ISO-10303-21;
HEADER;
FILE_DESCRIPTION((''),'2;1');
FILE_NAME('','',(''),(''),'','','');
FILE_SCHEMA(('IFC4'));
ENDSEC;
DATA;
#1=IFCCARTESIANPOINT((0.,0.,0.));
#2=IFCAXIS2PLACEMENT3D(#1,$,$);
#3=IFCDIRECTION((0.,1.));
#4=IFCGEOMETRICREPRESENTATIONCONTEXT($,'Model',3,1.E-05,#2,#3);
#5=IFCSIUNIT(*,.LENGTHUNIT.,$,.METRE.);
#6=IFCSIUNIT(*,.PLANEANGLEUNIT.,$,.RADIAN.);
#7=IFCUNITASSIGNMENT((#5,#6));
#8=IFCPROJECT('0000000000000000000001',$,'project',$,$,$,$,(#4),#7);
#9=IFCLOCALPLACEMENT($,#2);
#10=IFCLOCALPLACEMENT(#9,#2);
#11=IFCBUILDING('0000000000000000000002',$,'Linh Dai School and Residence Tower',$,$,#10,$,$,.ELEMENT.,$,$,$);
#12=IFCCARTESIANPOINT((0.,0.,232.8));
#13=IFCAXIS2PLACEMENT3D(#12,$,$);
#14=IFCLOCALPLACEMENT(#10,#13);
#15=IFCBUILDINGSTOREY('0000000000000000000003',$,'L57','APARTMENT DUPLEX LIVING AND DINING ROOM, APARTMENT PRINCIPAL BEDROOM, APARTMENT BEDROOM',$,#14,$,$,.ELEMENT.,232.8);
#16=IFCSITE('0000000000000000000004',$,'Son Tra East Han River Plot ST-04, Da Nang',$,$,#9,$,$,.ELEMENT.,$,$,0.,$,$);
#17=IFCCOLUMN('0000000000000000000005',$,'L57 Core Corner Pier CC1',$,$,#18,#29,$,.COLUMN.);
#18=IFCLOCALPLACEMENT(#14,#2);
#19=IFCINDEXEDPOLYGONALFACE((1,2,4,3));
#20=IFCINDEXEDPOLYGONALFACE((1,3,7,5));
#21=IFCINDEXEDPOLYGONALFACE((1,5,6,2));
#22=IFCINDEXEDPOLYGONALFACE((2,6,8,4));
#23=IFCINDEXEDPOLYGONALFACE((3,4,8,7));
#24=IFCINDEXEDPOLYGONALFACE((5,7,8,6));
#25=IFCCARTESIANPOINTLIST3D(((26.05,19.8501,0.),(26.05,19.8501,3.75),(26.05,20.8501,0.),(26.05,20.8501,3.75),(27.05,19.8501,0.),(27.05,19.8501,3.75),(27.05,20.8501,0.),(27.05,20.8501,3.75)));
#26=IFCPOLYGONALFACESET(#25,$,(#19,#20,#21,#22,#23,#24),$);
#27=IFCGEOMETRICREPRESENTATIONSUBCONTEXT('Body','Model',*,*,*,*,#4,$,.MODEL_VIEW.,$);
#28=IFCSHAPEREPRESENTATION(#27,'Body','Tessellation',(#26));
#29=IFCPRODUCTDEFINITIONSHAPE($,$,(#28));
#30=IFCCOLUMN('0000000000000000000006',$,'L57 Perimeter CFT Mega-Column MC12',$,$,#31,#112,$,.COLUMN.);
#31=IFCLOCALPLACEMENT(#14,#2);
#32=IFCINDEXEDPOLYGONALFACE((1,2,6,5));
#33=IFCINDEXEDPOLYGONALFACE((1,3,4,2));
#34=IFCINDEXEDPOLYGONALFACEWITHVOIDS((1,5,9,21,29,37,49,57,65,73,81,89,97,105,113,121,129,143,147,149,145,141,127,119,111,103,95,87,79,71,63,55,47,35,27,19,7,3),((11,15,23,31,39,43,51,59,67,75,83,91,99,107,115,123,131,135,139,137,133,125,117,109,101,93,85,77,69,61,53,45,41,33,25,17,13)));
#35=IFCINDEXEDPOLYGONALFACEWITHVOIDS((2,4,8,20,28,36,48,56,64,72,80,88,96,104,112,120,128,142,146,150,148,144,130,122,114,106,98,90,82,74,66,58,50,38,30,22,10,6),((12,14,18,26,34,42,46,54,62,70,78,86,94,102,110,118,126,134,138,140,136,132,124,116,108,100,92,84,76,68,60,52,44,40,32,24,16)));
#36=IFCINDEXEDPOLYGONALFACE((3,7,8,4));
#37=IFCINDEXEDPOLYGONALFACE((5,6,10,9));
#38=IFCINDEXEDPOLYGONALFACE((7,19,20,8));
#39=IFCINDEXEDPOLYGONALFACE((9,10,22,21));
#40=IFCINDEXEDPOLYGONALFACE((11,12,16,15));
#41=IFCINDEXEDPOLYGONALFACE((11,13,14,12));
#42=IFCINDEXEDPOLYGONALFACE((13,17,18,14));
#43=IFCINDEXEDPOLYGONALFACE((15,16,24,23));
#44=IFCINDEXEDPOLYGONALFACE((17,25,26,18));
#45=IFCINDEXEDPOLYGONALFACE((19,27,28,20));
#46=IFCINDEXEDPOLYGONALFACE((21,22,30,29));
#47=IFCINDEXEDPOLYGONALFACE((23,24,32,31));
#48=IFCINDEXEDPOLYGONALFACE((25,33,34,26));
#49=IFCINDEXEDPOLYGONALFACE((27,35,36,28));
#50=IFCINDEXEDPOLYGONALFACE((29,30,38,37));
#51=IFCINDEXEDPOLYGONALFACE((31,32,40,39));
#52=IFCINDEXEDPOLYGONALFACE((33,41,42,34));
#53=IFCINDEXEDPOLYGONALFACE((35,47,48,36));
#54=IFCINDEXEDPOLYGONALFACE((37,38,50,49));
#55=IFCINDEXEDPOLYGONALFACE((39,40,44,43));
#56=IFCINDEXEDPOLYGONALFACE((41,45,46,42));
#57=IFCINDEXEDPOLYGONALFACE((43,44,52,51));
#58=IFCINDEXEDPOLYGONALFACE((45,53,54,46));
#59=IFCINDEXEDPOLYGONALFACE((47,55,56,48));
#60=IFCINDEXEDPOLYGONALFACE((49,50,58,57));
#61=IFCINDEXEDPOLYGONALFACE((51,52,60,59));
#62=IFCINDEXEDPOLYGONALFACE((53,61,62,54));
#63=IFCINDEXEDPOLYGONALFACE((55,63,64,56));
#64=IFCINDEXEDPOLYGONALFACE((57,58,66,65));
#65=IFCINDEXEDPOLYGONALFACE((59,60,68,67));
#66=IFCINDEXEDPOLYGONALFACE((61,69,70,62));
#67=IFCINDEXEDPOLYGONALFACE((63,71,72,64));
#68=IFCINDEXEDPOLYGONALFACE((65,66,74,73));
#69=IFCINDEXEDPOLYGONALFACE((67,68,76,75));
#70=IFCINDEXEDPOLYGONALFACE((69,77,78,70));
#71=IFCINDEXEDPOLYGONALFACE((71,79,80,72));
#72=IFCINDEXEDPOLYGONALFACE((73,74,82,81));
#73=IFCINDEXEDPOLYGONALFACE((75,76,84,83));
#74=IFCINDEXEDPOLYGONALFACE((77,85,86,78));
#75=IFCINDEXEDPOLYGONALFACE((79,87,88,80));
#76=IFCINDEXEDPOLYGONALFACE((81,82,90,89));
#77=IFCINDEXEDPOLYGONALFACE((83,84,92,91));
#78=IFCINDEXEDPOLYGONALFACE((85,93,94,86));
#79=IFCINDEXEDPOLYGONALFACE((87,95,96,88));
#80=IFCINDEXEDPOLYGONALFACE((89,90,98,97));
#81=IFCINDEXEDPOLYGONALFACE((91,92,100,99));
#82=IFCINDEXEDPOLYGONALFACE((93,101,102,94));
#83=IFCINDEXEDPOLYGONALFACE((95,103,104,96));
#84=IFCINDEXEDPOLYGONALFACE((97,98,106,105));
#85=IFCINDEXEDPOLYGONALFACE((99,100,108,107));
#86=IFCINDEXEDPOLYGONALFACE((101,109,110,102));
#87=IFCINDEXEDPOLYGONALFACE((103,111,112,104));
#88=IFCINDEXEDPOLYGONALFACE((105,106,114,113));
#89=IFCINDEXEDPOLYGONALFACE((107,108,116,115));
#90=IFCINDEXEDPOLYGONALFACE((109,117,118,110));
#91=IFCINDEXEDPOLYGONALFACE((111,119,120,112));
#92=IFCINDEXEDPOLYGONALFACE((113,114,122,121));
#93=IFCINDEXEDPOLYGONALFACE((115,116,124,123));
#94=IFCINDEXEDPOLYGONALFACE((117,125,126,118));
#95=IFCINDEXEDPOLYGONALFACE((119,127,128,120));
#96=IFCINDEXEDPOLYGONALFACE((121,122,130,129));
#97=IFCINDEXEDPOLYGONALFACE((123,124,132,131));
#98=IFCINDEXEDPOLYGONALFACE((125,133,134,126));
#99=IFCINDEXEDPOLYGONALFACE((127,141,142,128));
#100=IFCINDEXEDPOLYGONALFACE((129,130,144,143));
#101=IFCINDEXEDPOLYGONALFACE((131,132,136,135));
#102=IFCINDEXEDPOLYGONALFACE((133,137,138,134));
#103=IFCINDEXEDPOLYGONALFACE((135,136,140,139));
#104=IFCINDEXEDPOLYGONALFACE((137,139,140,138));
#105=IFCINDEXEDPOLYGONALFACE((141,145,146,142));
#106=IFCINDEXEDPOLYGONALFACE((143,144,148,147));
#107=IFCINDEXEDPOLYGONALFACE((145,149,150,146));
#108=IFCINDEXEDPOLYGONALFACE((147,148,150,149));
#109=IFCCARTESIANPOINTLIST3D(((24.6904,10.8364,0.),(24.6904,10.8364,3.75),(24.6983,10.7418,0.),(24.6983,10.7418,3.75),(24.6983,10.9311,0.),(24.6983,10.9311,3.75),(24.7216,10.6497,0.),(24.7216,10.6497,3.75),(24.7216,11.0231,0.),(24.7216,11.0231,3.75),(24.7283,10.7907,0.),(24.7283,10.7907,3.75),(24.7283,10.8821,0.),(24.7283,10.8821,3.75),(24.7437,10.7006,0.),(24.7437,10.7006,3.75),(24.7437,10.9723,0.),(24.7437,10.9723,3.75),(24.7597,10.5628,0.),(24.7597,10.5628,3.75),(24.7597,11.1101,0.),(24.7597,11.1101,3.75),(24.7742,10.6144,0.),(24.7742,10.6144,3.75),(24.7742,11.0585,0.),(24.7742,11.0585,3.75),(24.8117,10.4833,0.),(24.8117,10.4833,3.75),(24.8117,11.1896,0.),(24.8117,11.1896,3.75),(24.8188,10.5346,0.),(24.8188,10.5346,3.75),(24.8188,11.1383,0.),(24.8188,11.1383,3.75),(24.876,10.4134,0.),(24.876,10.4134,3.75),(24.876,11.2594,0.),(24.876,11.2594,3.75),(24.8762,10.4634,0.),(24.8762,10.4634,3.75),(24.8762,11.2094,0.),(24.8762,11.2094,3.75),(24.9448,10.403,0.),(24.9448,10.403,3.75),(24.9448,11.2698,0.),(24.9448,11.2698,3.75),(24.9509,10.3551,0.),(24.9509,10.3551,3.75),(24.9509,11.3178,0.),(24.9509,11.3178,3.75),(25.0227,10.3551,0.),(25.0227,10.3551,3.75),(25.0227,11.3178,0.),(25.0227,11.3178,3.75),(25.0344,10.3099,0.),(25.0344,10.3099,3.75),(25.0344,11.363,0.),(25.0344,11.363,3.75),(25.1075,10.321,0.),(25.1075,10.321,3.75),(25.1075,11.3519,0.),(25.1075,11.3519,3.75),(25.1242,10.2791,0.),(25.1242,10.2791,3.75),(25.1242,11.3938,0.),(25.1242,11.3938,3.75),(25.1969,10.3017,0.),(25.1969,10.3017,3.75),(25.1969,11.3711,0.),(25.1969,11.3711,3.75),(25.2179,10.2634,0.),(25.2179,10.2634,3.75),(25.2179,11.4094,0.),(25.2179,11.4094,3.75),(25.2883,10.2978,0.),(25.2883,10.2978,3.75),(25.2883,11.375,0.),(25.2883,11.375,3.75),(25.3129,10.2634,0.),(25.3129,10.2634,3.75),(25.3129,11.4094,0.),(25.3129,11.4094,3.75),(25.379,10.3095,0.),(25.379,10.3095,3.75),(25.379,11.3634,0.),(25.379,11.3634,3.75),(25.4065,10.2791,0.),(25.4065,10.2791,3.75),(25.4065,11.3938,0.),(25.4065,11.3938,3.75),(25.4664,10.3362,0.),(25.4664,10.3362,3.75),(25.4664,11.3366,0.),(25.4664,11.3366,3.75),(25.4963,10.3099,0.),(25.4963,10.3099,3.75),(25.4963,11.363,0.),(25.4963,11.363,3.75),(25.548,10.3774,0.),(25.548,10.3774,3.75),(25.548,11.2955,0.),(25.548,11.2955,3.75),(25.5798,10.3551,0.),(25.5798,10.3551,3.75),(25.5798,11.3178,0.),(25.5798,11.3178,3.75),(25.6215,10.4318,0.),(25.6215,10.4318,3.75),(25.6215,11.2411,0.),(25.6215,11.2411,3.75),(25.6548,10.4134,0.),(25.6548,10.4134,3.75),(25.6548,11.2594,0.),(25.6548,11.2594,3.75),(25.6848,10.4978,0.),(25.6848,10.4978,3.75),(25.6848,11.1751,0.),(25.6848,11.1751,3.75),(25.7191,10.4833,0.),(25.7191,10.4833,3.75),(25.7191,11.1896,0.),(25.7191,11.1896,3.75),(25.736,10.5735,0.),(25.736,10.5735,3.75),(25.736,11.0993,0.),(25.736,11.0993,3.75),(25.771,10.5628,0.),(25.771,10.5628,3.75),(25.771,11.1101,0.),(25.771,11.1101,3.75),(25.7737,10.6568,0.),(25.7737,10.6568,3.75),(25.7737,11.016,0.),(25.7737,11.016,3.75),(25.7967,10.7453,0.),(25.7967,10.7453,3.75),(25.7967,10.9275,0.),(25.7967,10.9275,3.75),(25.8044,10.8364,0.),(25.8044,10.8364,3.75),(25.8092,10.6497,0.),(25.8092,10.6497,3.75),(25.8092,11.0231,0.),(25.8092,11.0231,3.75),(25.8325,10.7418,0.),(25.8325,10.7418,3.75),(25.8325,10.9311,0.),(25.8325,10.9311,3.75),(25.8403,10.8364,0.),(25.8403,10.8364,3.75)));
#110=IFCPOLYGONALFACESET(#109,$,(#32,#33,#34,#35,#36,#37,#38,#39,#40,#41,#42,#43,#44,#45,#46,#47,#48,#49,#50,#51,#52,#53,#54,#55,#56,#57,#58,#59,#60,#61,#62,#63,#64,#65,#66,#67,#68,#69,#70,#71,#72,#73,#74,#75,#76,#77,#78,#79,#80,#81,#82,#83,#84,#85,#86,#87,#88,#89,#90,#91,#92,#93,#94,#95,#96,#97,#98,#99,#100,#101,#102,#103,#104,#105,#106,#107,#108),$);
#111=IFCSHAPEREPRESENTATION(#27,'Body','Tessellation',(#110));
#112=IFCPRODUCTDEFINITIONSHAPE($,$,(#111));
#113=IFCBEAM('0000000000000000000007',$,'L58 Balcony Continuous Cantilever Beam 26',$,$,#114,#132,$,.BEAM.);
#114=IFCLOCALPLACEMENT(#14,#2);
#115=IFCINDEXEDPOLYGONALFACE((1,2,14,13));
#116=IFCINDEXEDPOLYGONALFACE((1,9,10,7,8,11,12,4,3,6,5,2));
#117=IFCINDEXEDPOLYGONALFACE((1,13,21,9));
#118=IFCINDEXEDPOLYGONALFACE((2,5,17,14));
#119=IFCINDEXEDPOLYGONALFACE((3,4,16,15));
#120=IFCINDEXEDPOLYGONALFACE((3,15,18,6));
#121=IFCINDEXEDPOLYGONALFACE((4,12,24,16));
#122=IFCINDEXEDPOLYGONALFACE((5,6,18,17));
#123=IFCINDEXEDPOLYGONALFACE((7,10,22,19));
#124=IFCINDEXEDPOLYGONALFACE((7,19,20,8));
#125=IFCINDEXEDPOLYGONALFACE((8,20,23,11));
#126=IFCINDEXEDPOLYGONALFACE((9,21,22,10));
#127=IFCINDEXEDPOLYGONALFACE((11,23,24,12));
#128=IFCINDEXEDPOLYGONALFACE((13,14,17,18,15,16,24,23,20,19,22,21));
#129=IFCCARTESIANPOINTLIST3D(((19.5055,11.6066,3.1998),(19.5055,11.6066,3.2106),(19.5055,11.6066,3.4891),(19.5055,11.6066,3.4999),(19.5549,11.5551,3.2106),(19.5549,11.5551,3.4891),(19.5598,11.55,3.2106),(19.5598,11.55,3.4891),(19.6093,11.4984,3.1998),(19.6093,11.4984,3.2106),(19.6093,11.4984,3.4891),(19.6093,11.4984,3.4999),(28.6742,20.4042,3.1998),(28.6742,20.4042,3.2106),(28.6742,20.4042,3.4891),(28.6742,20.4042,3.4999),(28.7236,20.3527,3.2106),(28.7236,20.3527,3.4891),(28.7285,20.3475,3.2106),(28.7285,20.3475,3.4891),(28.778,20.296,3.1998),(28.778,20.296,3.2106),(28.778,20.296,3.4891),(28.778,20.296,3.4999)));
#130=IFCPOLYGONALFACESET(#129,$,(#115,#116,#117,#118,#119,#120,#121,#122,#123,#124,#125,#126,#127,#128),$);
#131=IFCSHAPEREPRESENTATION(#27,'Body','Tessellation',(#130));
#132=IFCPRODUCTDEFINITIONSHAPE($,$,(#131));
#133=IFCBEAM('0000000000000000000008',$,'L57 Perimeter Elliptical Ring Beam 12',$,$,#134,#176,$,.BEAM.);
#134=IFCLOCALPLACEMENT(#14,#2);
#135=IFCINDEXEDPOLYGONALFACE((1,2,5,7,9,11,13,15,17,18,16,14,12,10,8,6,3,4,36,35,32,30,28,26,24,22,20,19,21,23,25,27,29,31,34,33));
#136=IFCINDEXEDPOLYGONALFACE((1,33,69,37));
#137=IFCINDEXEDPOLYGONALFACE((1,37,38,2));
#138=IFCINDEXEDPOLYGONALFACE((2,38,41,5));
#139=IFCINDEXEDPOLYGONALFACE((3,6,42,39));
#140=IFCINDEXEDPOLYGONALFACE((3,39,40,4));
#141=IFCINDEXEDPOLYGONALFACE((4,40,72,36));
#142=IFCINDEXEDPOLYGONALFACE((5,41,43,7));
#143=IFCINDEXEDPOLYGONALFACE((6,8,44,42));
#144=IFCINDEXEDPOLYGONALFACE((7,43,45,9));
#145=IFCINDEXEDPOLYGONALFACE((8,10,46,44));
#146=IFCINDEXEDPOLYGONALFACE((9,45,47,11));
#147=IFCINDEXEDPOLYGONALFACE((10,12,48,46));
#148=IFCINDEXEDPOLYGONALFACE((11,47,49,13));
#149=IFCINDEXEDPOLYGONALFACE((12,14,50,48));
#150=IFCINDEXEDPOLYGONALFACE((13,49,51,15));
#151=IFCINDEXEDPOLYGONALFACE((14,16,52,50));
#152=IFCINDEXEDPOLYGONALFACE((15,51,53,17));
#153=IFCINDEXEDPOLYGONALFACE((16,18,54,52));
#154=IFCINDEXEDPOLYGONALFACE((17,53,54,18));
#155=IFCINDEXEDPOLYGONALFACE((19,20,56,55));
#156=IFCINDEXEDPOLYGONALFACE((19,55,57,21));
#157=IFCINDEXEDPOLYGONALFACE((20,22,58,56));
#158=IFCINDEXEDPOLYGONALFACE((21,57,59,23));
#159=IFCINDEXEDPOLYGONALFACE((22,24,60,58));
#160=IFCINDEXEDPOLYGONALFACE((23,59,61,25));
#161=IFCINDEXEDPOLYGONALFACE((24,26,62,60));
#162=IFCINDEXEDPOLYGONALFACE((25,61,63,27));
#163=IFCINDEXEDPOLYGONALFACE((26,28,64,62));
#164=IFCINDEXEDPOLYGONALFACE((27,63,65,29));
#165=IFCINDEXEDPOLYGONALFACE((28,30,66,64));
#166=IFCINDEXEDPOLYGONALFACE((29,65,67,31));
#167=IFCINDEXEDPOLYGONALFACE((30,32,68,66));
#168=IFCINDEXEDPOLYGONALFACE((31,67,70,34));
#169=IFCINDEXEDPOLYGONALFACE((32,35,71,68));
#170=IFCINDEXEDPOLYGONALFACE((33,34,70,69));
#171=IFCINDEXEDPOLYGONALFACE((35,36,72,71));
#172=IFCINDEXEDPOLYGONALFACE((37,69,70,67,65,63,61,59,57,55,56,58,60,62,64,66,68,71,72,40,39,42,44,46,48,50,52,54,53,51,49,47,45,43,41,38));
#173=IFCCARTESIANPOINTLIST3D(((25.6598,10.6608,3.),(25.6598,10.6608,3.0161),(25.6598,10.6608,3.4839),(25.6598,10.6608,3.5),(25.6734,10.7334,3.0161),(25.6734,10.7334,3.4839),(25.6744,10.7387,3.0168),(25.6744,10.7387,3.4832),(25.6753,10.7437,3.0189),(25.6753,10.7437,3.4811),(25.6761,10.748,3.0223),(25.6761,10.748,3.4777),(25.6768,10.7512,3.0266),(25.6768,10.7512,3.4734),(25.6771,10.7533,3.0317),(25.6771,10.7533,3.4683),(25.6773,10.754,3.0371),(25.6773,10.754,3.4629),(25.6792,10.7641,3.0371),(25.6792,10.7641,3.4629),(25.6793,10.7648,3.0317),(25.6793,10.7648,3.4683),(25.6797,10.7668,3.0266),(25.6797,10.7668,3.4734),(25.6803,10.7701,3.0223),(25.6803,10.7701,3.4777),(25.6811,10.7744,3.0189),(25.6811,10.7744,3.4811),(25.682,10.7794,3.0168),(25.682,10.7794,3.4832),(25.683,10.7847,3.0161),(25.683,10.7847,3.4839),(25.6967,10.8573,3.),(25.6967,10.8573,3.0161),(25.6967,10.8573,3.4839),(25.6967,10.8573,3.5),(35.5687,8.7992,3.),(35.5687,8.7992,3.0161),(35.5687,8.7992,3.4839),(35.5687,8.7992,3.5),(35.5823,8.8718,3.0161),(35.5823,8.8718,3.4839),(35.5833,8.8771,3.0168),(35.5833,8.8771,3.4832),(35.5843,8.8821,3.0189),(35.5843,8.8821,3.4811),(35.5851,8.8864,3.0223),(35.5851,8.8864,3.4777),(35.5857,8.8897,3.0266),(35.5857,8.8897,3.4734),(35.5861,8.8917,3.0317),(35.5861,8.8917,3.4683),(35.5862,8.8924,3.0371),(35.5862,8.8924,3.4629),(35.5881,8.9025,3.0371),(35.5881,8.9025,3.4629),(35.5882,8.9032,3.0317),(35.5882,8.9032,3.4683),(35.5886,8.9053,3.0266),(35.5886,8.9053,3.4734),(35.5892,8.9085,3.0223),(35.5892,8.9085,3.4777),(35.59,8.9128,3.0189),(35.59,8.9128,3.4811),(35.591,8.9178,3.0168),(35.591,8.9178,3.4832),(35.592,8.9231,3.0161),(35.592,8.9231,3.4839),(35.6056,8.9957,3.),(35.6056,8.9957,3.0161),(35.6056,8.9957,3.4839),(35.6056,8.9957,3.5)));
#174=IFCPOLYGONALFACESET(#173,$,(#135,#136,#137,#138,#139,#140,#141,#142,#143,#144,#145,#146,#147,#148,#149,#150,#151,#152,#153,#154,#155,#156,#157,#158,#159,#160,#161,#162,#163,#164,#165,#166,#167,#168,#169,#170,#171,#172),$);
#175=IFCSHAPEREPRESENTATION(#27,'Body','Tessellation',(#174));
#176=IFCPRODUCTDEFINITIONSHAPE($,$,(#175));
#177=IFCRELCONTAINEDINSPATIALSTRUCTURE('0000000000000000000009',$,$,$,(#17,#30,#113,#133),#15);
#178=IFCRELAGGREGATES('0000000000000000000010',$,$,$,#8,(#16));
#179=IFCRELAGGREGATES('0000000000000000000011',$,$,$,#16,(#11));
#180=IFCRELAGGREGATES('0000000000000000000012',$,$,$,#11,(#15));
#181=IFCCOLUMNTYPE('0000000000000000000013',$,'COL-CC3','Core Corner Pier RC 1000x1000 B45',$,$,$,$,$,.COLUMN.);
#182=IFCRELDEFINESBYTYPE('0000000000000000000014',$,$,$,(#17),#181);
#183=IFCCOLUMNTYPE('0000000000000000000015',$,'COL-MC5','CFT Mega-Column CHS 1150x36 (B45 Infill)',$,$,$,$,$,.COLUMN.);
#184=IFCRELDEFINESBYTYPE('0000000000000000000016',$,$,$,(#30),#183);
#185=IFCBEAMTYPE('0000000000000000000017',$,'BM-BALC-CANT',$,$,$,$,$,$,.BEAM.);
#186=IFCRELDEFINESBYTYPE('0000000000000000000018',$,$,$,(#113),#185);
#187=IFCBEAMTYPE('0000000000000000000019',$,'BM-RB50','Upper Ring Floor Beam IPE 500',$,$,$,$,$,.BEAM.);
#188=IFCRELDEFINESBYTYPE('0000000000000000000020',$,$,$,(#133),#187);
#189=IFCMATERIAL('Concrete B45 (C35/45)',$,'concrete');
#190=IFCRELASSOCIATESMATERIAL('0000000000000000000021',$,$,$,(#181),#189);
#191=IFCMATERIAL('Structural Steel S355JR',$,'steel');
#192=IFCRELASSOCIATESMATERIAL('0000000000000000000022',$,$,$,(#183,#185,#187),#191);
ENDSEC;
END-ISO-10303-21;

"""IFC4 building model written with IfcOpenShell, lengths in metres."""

from ifc_helpers import new_model, si_unit, direction, frame, origin, origin_2d, place, context, subcontext, project, spatial, rectangle, hollow_circle, i_section, extrude, material, material_profile, profile_set, type_object, element, save


model = new_model("IFC4")

# Units and contexts
model_context = context("Model", 3, precision=1e-05, world=origin(), true_north=direction((0.0, 1.0)))
body_context = subcontext(model_context, "Body", "Model", "MODEL_VIEW")
ifc_project = project(units=[si_unit("LENGTHUNIT", "METRE"), si_unit("PLANEANGLEUNIT", "RADIAN")], contexts=[model_context])

# Site, building, storey
site_placement = place(None, origin())
site = spatial("IfcSite", under=ifc_project, at=site_placement, Name="Son Tra East Han River Plot ST-04, Da Nang", CompositionType="ELEMENT", RefElevation=0.0)
building_placement = place(site_placement, origin())
building = spatial("IfcBuilding", under=site, at=building_placement, Name="Linh Dai School and Residence Tower", CompositionType="ELEMENT")
storey_placement = place(building_placement, frame((0.0, 0.0, 232.8)))
storey = spatial("IfcBuildingStorey", under=building, at=storey_placement, Name="L57", Description="APARTMENT DUPLEX LIVING AND DINING ROOM, APARTMENT PRINCIPAL BEDROOM, APARTMENT BEDROOM", CompositionType="ELEMENT", Elevation=232.8)

# Columns
ifc_material_1 = material(Name="Concrete B45 (C35/45)", Category="concrete")
ifc_material_profile_1 = material_profile(ifc_material_1, rectangle(XDim=1.0, YDim=1.0, at=origin_2d()), Name="RC 1000x1000")
ifc_profile_set_1 = profile_set([ifc_material_profile_1], Name="Concrete B45 (C35/45)")
column_type_1 = type_object("IfcColumnType", Name="COL-CC3", Description="Core Corner Pier RC 1000x1000 B45", PredefinedType="COLUMN", material=ifc_profile_set_1)
column_1_placement = place(storey_placement, frame((26.55, 20.3501, 0.0), z_axis=(0.0, 0.0, 1.0), x_axis=(1.0, 0.0, 0.0)))
element("IfcColumn", 1, at=column_1_placement, inside=storey, type_object=column_type_1, Name="L57 Core Corner Pier CC1", PredefinedType="COLUMN", context=body_context, shape_type="SweptSolid", body=[
    extrude(rectangle(XDim=1.0, YDim=1.0, at=origin_2d()), origin(), (0.0, 0.0, 1.0), 3.75),
])
ifc_material_2 = material(Name="Structural Steel S355JR", Category="steel")
ifc_material_profile_2 = material_profile(ifc_material_2, hollow_circle(Radius=0.575, WallThickness=0.0359, at=origin_2d()), Name="CHS 1150x36")
ifc_profile_set_2 = profile_set([ifc_material_profile_2], Name="Structural Steel S355JR")
column_type_2 = type_object("IfcColumnType", Name="COL-MC5", Description="CFT Mega-Column CHS 1150x36 (B45 Infill)", PredefinedType="COLUMN", material=ifc_profile_set_2)
column_2_placement = place(storey_placement, frame((25.2654, 10.8364, 0.0), z_axis=(0.0, 0.0, 1.0), x_axis=(1.0, 0.0, 0.0)))
element("IfcColumn", 2, at=column_2_placement, inside=storey, type_object=column_type_2, Name="L57 Perimeter CFT Mega-Column MC12", PredefinedType="COLUMN", context=body_context, shape_type="SweptSolid", body=[
    extrude(hollow_circle(Radius=0.575, WallThickness=0.0359, at=origin_2d()), origin(), (0.0, 0.0, 1.0), 3.75),
])

# Beams
ifc_material_profile_3 = material_profile(ifc_material_2, i_section(OverallWidth=0.1499, OverallDepth=0.3, WebThickness=0.0071, FlangeThickness=0.0107, at=origin_2d()), Name="IPE 300")
ifc_profile_set_3 = profile_set([ifc_material_profile_3], Name="Structural Steel S355JR")
beam_type_1 = type_object("IfcBeamType", Name="BM-BALC-CANT", PredefinedType="BEAM", material=ifc_profile_set_3)
beam_1_placement = place(storey_placement, frame((28.7261, 20.3501, 3.3499), z_axis=(-0.721558, -0.692354, 0.0), x_axis=(0.692354, -0.721558, 0.0)))
element("IfcBeam", 3, at=beam_1_placement, inside=storey, type_object=beam_type_1, Name="L58 Balcony Continuous Cantilever Beam 26", PredefinedType="BEAM", context=body_context, shape_type="SweptSolid", body=[
    extrude(i_section(OverallWidth=0.1499, OverallDepth=0.3, WebThickness=0.0071, FlangeThickness=0.0107, at=origin_2d()), origin(), (0.0, 0.0, 1.0), 12.7068),
])
ifc_material_profile_4 = material_profile(ifc_material_2, i_section(OverallWidth=0.2, OverallDepth=0.5, WebThickness=0.0103, FlangeThickness=0.0161, FilletRadius=0.021, at=origin_2d()), Name="IPE 500")
ifc_profile_set_4 = profile_set([ifc_material_profile_4], Name="Structural Steel S355JR")
beam_type_2 = type_object("IfcBeamType", Name="BM-RB50", Description="Upper Ring Floor Beam IPE 500", PredefinedType="BEAM", material=ifc_profile_set_4)
beam_2_placement = place(storey_placement, frame((25.6782, 10.759, 3.25), z_axis=(0.982807, -0.184638, 0.0), x_axis=(0.184638, 0.982807, 0.0)))
element("IfcBeam", 4, at=beam_2_placement, inside=storey, type_object=beam_type_2, Name="L57 Perimeter Elliptical Ring Beam 12", PredefinedType="BEAM", context=body_context, shape_type="SweptSolid", body=[
    extrude(i_section(OverallWidth=0.2, OverallDepth=0.5, WebThickness=0.0103, FlangeThickness=0.0161, FilletRadius=0.021, at=origin_2d()), origin(), (0.0, 0.0, 1.0), 10.0823),
])

save(model, "model.ifc")
